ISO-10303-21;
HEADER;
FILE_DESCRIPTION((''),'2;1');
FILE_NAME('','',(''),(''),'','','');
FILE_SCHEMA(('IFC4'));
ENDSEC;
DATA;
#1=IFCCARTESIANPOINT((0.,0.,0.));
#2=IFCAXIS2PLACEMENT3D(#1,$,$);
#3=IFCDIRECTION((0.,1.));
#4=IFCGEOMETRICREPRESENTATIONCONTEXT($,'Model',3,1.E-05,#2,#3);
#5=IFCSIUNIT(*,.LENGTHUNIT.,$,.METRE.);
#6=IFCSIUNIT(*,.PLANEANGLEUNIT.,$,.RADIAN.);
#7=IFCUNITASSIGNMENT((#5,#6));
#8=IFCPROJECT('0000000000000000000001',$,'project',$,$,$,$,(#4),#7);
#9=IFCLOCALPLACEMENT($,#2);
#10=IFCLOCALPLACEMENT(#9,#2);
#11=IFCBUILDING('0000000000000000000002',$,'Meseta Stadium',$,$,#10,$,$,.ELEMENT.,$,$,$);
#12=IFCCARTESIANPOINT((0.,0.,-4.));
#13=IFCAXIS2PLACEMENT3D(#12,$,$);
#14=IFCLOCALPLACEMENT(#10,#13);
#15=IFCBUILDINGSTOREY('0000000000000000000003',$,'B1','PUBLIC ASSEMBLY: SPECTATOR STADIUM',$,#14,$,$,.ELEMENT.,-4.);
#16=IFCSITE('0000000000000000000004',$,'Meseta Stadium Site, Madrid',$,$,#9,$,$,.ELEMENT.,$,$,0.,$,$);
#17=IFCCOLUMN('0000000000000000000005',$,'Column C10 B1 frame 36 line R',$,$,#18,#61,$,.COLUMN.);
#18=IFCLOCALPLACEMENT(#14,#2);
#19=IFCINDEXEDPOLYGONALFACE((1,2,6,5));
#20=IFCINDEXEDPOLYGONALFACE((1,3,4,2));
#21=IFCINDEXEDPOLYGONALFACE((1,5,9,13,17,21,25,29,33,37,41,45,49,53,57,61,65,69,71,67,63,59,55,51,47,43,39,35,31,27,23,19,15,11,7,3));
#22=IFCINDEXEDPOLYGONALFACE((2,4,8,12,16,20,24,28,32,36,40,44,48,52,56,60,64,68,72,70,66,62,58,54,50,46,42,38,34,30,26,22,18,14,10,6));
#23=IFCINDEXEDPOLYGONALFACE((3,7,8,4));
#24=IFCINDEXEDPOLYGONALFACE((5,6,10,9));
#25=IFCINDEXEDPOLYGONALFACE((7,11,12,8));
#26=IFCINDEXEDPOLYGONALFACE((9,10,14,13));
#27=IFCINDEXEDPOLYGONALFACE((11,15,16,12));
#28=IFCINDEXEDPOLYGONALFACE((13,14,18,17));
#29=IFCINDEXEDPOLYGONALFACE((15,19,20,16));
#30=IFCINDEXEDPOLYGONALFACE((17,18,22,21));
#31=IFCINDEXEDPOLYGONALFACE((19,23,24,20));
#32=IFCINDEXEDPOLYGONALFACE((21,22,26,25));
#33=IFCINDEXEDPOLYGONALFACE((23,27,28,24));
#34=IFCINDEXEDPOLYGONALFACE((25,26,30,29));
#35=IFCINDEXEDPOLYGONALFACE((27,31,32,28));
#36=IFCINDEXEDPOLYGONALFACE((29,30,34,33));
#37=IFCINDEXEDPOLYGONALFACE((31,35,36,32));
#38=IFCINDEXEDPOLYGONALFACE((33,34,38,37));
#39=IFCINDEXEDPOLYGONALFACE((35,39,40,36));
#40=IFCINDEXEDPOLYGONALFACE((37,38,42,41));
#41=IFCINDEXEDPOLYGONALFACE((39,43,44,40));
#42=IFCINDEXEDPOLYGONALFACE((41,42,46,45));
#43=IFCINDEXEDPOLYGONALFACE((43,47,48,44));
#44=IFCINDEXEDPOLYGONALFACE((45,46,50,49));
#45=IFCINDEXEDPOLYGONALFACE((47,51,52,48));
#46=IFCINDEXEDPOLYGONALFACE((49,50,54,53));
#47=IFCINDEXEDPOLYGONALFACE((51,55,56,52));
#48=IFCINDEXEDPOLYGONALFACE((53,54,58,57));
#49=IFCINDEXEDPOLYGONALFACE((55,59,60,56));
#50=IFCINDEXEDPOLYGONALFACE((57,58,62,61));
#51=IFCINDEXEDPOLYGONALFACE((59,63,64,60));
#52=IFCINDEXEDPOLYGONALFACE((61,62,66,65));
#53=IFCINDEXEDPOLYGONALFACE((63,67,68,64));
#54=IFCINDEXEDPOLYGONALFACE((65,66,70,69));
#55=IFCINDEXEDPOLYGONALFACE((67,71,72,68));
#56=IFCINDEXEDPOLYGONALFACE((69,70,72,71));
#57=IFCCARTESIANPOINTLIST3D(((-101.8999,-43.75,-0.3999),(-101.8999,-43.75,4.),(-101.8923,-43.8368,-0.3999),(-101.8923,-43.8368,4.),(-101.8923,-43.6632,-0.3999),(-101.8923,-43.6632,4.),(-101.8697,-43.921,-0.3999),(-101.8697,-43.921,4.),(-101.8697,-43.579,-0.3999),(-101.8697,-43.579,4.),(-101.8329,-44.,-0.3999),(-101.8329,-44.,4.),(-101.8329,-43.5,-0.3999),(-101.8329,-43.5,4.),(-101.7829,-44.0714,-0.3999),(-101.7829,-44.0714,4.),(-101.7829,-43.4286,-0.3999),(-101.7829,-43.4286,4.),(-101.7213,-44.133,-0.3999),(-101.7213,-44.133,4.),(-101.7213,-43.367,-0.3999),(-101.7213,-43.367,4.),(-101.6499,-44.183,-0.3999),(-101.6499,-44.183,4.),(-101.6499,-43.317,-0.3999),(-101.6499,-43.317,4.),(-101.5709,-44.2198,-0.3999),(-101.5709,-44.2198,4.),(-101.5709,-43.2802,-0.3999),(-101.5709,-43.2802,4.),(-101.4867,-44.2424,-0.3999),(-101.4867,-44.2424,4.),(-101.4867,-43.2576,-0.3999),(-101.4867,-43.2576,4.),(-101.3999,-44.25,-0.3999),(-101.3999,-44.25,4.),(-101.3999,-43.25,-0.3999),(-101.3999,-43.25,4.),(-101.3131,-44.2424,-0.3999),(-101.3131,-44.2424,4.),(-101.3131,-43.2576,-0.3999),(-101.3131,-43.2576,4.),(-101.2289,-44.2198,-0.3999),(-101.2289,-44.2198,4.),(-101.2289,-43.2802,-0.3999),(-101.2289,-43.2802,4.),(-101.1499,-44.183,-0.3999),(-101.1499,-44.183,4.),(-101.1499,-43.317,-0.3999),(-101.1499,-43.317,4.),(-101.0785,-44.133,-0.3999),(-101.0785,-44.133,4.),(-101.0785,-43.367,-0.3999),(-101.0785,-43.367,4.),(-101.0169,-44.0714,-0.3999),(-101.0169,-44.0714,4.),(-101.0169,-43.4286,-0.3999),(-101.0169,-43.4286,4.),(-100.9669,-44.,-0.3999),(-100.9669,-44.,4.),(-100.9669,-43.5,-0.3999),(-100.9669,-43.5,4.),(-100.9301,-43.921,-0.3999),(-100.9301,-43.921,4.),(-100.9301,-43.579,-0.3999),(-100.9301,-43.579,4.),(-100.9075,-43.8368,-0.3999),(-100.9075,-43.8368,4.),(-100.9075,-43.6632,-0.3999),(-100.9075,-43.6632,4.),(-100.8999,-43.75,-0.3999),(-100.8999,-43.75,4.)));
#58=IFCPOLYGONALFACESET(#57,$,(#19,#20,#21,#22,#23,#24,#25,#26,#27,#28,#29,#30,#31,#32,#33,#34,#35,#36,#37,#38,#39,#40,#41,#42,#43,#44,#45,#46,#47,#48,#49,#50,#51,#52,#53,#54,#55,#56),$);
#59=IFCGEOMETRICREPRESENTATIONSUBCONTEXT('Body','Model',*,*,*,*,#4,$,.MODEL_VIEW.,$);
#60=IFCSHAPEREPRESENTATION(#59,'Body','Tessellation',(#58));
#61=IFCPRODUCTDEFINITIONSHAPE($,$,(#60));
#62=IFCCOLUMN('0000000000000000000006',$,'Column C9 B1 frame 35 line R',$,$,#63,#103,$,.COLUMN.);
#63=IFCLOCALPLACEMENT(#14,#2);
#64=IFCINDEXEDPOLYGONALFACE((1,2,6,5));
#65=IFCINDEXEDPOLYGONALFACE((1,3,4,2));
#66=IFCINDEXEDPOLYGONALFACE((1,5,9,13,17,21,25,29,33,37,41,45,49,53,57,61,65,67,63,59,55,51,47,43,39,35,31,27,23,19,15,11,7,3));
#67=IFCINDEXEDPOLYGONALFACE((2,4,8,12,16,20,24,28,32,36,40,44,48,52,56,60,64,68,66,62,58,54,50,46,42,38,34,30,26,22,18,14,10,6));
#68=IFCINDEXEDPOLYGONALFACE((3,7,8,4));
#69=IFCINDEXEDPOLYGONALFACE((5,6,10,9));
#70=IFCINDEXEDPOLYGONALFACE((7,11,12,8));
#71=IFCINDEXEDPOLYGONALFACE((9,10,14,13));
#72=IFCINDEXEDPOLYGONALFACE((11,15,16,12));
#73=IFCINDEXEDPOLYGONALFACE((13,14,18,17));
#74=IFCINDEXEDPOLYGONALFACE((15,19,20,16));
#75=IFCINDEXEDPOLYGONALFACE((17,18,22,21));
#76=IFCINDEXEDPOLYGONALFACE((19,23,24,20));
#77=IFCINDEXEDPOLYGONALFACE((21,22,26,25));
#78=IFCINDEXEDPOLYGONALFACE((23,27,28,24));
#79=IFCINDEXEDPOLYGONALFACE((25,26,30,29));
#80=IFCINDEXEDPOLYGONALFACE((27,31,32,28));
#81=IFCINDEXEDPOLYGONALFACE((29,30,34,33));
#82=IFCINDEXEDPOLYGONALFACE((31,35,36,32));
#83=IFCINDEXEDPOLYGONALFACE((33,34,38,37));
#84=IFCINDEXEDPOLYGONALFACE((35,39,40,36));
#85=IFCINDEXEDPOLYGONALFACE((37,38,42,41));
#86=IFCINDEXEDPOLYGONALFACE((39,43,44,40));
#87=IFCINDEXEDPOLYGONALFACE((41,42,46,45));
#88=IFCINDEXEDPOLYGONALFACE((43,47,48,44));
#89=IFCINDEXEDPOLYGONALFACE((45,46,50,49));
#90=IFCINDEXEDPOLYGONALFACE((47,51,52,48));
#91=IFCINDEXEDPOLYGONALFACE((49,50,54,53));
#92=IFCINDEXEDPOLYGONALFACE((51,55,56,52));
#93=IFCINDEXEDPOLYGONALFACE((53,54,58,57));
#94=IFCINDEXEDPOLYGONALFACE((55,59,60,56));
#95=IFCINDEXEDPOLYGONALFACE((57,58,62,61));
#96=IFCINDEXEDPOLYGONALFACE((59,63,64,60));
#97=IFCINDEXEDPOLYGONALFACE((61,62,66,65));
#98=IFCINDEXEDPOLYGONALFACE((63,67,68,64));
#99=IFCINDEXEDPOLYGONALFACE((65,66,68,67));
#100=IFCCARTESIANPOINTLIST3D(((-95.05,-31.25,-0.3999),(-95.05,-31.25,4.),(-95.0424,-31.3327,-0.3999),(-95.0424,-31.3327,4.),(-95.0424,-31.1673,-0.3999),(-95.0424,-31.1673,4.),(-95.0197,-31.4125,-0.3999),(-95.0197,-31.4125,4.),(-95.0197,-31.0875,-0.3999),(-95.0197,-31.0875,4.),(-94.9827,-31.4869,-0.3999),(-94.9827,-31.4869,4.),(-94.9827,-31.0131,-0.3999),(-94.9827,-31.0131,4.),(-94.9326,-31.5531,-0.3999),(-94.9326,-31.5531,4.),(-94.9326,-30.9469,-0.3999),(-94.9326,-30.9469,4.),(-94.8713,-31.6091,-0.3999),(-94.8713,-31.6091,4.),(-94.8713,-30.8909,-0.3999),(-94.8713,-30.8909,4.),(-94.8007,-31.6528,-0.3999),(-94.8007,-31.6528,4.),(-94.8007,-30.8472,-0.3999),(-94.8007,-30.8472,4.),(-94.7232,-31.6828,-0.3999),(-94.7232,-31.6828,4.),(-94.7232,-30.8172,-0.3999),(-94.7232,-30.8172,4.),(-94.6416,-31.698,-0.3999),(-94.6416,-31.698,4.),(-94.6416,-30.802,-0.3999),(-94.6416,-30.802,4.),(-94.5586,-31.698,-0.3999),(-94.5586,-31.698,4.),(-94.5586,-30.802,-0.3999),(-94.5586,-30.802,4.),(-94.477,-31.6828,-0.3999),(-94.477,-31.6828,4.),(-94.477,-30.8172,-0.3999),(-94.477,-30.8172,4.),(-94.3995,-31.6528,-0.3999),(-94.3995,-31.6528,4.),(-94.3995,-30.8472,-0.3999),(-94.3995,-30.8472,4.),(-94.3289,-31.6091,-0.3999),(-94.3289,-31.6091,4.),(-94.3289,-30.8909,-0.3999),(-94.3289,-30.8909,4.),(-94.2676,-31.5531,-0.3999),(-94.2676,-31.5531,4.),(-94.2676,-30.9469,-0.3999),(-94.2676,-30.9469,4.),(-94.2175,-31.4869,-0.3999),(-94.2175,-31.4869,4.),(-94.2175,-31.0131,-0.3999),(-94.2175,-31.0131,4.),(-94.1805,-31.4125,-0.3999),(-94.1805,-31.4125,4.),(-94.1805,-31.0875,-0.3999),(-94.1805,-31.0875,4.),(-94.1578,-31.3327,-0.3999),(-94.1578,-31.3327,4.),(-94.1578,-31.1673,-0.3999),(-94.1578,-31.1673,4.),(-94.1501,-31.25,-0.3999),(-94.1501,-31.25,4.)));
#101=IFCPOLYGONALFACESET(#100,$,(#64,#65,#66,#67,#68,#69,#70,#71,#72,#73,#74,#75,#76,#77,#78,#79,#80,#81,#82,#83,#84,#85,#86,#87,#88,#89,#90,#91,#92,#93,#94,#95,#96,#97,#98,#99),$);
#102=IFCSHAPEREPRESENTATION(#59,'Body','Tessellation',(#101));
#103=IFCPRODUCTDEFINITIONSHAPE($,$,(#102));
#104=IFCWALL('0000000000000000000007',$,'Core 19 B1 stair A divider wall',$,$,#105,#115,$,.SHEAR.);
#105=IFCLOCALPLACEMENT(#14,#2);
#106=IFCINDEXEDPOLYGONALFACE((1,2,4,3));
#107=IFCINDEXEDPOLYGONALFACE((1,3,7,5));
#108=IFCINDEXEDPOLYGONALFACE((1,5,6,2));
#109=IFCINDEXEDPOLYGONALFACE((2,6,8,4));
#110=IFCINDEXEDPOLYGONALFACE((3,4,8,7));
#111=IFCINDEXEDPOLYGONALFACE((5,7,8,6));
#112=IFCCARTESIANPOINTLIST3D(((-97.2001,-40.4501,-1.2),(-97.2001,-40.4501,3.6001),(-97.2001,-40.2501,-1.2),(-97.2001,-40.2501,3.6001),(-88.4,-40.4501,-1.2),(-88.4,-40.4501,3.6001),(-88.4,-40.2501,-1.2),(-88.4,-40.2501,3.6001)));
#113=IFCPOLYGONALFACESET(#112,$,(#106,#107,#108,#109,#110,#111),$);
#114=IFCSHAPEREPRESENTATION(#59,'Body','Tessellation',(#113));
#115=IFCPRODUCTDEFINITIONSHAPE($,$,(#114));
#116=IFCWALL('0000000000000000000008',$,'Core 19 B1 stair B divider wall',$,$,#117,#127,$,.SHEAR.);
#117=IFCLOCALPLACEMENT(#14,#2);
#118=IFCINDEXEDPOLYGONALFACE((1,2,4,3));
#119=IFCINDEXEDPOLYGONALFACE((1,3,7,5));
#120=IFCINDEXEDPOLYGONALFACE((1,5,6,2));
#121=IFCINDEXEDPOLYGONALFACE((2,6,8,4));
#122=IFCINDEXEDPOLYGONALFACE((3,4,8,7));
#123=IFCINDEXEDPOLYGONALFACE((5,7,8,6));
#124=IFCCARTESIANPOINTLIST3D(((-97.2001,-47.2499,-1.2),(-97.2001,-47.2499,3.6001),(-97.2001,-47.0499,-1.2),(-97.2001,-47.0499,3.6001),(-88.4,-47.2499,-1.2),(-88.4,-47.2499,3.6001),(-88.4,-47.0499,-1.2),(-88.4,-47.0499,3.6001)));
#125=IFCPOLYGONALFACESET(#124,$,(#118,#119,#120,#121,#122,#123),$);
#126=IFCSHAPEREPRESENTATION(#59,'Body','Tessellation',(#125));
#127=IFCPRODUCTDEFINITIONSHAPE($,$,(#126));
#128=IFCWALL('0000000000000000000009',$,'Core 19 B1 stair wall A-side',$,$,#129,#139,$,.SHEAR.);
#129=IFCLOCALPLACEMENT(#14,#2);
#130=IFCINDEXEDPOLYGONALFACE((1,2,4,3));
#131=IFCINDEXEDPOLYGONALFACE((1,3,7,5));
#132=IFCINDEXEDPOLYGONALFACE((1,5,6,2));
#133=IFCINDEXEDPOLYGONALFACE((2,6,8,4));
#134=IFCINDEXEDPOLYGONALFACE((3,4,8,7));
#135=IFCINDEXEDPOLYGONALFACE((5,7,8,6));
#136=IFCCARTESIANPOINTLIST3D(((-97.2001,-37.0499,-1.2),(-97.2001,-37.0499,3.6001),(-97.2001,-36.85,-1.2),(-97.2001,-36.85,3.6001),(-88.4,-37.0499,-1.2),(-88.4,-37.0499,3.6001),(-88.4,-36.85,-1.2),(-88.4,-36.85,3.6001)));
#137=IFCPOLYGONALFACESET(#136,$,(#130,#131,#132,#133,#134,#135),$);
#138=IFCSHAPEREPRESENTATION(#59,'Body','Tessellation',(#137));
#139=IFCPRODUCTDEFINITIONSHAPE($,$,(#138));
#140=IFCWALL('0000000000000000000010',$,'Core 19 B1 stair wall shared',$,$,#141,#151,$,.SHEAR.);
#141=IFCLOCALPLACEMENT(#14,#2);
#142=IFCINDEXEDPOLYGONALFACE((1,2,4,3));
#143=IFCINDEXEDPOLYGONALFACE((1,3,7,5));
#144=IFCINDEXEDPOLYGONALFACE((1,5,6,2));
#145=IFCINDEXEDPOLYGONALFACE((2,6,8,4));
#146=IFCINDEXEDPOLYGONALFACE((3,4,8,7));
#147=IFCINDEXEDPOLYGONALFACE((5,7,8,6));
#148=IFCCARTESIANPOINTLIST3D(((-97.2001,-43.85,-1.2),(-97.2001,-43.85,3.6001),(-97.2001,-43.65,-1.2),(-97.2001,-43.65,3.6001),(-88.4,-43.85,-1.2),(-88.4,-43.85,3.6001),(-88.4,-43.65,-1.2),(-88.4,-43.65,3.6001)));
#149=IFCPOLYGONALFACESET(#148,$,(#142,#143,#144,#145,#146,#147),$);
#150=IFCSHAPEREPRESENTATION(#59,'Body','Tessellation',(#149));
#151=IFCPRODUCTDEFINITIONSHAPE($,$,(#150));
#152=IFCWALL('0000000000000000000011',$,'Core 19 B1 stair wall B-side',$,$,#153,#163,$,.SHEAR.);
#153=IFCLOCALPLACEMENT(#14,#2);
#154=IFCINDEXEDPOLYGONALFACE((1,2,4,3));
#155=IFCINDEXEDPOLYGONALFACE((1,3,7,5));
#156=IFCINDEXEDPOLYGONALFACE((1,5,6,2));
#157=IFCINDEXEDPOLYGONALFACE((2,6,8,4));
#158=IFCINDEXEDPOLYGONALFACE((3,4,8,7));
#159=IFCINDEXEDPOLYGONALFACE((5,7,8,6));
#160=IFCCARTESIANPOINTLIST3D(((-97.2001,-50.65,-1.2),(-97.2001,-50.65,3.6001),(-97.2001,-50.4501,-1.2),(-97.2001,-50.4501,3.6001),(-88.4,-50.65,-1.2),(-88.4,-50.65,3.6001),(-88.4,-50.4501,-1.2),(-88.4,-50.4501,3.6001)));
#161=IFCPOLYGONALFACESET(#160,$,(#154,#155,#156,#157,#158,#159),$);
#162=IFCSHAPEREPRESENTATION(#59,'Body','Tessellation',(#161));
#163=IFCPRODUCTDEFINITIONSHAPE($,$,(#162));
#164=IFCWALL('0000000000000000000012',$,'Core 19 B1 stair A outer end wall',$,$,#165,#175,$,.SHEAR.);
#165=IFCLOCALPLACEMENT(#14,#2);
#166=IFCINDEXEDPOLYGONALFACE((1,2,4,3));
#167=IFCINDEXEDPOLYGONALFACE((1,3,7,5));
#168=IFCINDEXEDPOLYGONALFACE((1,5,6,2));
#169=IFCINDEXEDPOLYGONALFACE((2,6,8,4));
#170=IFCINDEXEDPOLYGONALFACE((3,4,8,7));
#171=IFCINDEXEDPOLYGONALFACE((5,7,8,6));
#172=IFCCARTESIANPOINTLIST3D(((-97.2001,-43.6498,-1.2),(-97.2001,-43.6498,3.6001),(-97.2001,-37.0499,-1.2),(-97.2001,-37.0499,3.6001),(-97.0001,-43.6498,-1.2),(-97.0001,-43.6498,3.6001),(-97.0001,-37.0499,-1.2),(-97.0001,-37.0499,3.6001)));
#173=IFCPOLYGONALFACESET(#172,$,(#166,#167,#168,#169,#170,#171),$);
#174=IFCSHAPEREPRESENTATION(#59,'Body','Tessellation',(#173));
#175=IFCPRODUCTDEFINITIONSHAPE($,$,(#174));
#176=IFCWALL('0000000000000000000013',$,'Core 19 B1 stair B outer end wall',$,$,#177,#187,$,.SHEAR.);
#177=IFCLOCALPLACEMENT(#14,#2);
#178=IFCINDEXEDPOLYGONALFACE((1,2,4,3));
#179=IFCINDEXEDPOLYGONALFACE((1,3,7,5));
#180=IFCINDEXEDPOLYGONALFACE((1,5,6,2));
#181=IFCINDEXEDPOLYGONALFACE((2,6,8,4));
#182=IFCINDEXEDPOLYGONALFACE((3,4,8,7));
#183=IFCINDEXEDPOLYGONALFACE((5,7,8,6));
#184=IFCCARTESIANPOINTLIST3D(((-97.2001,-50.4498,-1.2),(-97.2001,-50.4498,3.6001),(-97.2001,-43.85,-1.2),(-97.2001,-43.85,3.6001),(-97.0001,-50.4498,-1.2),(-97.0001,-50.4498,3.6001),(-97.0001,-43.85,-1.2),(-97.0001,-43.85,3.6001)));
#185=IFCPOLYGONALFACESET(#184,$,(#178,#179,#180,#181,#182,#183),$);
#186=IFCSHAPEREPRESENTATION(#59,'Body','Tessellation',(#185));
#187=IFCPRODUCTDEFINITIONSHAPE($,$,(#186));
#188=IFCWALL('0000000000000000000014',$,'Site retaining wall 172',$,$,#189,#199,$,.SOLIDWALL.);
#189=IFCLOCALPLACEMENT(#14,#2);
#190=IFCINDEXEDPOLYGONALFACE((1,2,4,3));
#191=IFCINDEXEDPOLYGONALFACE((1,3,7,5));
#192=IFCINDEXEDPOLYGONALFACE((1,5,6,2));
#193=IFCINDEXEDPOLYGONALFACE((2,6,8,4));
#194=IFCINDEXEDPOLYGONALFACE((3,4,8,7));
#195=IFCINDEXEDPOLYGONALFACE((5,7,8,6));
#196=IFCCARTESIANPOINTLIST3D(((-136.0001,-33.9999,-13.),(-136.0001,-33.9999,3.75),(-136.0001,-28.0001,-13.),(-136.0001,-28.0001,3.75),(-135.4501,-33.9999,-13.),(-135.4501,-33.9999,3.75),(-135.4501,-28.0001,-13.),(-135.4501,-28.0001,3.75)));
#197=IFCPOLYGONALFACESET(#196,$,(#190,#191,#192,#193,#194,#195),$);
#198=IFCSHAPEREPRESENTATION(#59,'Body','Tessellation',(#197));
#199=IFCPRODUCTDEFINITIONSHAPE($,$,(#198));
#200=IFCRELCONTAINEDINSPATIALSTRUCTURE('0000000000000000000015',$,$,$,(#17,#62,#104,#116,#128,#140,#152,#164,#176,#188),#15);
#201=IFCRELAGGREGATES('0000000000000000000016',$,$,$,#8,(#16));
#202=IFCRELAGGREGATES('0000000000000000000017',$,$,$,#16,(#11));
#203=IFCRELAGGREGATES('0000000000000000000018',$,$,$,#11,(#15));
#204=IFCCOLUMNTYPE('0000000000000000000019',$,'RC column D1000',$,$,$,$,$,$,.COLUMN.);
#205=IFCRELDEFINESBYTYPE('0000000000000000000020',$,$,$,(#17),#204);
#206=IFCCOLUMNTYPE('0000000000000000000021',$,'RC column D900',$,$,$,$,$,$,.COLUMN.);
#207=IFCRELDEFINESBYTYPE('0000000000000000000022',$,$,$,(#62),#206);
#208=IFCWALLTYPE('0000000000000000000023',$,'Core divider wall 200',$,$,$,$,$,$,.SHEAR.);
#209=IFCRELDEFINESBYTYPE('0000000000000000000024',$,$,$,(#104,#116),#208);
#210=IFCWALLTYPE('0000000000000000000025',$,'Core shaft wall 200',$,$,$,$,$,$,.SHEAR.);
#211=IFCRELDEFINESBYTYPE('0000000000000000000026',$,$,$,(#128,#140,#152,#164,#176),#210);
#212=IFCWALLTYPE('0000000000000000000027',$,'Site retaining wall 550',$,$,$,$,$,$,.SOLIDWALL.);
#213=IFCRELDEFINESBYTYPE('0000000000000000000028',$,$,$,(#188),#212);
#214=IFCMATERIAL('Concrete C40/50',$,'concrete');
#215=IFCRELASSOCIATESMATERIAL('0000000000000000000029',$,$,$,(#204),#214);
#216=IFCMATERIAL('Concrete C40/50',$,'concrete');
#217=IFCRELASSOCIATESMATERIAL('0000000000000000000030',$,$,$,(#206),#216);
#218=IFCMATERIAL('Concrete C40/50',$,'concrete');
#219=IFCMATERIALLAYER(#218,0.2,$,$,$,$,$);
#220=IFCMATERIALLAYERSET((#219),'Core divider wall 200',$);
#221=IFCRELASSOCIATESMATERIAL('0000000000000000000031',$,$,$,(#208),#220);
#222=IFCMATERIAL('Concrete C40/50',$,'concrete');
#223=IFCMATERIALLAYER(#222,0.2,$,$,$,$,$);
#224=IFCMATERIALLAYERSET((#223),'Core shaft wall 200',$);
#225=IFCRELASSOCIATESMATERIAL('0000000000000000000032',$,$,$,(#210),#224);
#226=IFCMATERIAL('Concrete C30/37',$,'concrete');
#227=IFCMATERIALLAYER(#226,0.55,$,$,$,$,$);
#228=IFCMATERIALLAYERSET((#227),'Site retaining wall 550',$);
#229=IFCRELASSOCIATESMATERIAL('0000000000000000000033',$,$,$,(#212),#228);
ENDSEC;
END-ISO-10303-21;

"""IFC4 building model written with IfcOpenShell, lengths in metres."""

from ifc_helpers import new_model, si_unit, direction, frame, frame_2d, origin, origin_2d, place, context, subcontext, project, spatial, rectangle, circle, extrude, material, layer, layer_set, material_profile, profile_set, type_object, element, save


model = new_model("IFC4")

# Units and contexts
model_context = context("Model", 3, precision=1e-05, world=origin(), true_north=direction((0.0, 1.0)))
body_context = subcontext(model_context, "Body", "Model", "MODEL_VIEW")
ifc_project = project(units=[si_unit("LENGTHUNIT", "METRE"), si_unit("PLANEANGLEUNIT", "RADIAN")], contexts=[model_context])

# Site, building, storey
site_placement = place(None, origin())
site = spatial("IfcSite", under=ifc_project, at=site_placement, Name="Meseta Stadium Site, Madrid", CompositionType="ELEMENT", RefElevation=0.0)
building_placement = place(site_placement, origin())
building = spatial("IfcBuilding", under=site, at=building_placement, Name="Meseta Stadium", CompositionType="ELEMENT")
storey_placement = place(building_placement, frame((0.0, 0.0, -4.0)))
storey = spatial("IfcBuildingStorey", under=building, at=storey_placement, Name="B1", Description="PUBLIC ASSEMBLY: SPECTATOR STADIUM", CompositionType="ELEMENT", Elevation=-4.0)

# Columns
ifc_material_1 = material(Name="Concrete C40/50", Category="concrete")
ifc_material_profile_1 = material_profile(ifc_material_1, circle(Radius=0.5, at=origin_2d()), Name="RC D1000")
ifc_profile_set_1 = profile_set([ifc_material_profile_1], Name="Concrete C40/50")
column_type_1 = type_object("IfcColumnType", Name="RC column D1000", PredefinedType="COLUMN", material=ifc_profile_set_1)
column_1_placement = place(storey_placement, frame((-101.3999, -43.75, -0.3999), z_axis=(0.0, 0.0, 1.0), x_axis=(1.0, 0.0, 0.0)))
element("IfcColumn", 1, at=column_1_placement, inside=storey, type_object=column_type_1, Name="Column C10 B1 frame 36 line R", PredefinedType="COLUMN", context=body_context, shape_type="SweptSolid", body=[
    extrude(circle(Radius=0.5, at=origin_2d()), origin(), (0.0, 0.0, 1.0), 4.3999),
])
ifc_material_2 = material(Name="Concrete C40/50", Category="concrete")
ifc_material_profile_2 = material_profile(ifc_material_2, circle(Radius=0.45, at=origin_2d()), Name="RC D900")
ifc_profile_set_2 = profile_set([ifc_material_profile_2], Name="Concrete C40/50")
column_type_2 = type_object("IfcColumnType", Name="RC column D900", PredefinedType="COLUMN", material=ifc_profile_set_2)
column_2_placement = place(storey_placement, frame((-94.6001, -31.25, -0.3999), z_axis=(0.0, 0.0, 1.0), x_axis=(1.0, 0.0, 0.0)))
element("IfcColumn", 2, at=column_2_placement, inside=storey, type_object=column_type_2, Name="Column C9 B1 frame 35 line R", PredefinedType="COLUMN", context=body_context, shape_type="SweptSolid", body=[
    extrude(circle(Radius=0.45, at=origin_2d()), origin(), (0.0, 0.0, 1.0), 4.3999),
])

# Walls
ifc_material_3 = material(Name="Concrete C40/50", Category="concrete")
ifc_layer_1 = layer(ifc_material_3, 0.2)
ifc_layer_set_1 = layer_set([ifc_layer_1], Name="Core divider wall 200")
wall_type_1 = type_object("IfcWallType", Name="Core divider wall 200", PredefinedType="SHEAR", material=ifc_layer_set_1)
for number, where, z_axis, x_axis, name in (
    (3, (-97.2, -40.3501, -1.2), (0.0, 0.0, 1.0), (1.0, 0.0, 0.0), "Core 19 B1 stair A divider wall"),
    (4, (-97.2, -47.1499, -1.2), (0.0, 0.0, 1.0), (1.0, 0.0, 0.0), "Core 19 B1 stair B divider wall"),
):
    element("IfcWall", number, at=place(storey_placement, frame(where, z_axis=z_axis, x_axis=x_axis)), inside=storey, type_object=wall_type_1, Name=name, PredefinedType="SHEAR", context=body_context, shape_type="SweptSolid", body=[
        extrude(rectangle(XDim=8.8, YDim=0.2, at=frame_2d((4.3999, 0.0))), origin(), (0.0, 0.0, 1.0), 4.8),
    ])
ifc_material_4 = material(Name="Concrete C40/50", Category="concrete")
ifc_layer_2 = layer(ifc_material_4, 0.2)
ifc_layer_set_2 = layer_set([ifc_layer_2], Name="Core shaft wall 200")
wall_type_2 = type_object("IfcWallType", Name="Core shaft wall 200", PredefinedType="SHEAR", material=ifc_layer_set_2)
for number, where, z_axis, x_axis, name in (
    (5, (-97.2, -36.95, -1.2), (0.0, 0.0, 1.0), (1.0, 0.0, 0.0), "Core 19 B1 stair wall A-side"),
    (6, (-97.2, -43.75, -1.2), (0.0, 0.0, 1.0), (1.0, 0.0, 0.0), "Core 19 B1 stair wall shared"),
    (7, (-97.2, -50.55, -1.2), (0.0, 0.0, 1.0), (1.0, 0.0, 0.0), "Core 19 B1 stair wall B-side"),
):
    element("IfcWall", number, at=place(storey_placement, frame(where, z_axis=z_axis, x_axis=x_axis)), inside=storey, type_object=wall_type_2, Name=name, PredefinedType="SHEAR", context=body_context, shape_type="SweptSolid", body=[
        extrude(rectangle(XDim=8.8, YDim=0.2, at=frame_2d((4.3999, 0.0))), origin(), (0.0, 0.0, 1.0), 4.8),
    ])
for number, where, z_axis, x_axis, name in (
    (8, (-97.1001, -37.05, -1.2), (0.0, 0.0, 1.0), (0.0, -1.0, 0.0), "Core 19 B1 stair A outer end wall"),
    (9, (-97.1001, -43.8501, -1.2), (0.0, 0.0, 1.0), (0.0, -1.0, 0.0), "Core 19 B1 stair B outer end wall"),
):
    element("IfcWall", number, at=place(storey_placement, frame(where, z_axis=z_axis, x_axis=x_axis)), inside=storey, type_object=wall_type_2, Name=name, PredefinedType="SHEAR", context=body_context, shape_type="SweptSolid", body=[
        extrude(rectangle(XDim=6.5999, YDim=0.2, at=frame_2d((3.2998, 0.0))), origin(), (0.0, 0.0, 1.0), 4.8),
    ])
ifc_material_5 = material(Name="Concrete C30/37", Category="concrete")
ifc_layer_3 = layer(ifc_material_5, 0.55)
ifc_layer_set_3 = layer_set([ifc_layer_3], Name="Site retaining wall 550")
wall_type_3 = type_object("IfcWallType", Name="Site retaining wall 550", PredefinedType="SOLIDWALL", material=ifc_layer_set_3)
wall_placement = place(storey_placement, frame((-135.7251, -28.0, -13.0), z_axis=(0.0, 0.0, 1.0), x_axis=(0.0, -1.0, 0.0)))
element("IfcWall", 10, at=wall_placement, inside=storey, type_object=wall_type_3, Name="Site retaining wall 172", PredefinedType="SOLIDWALL", context=body_context, shape_type="SweptSolid", body=[
    extrude(rectangle(XDim=5.9998, YDim=0.55, at=frame_2d((3.0, 0.0))), origin(), (0.0, 0.0, 1.0), 16.75),
])

save(model, "model.ifc")
